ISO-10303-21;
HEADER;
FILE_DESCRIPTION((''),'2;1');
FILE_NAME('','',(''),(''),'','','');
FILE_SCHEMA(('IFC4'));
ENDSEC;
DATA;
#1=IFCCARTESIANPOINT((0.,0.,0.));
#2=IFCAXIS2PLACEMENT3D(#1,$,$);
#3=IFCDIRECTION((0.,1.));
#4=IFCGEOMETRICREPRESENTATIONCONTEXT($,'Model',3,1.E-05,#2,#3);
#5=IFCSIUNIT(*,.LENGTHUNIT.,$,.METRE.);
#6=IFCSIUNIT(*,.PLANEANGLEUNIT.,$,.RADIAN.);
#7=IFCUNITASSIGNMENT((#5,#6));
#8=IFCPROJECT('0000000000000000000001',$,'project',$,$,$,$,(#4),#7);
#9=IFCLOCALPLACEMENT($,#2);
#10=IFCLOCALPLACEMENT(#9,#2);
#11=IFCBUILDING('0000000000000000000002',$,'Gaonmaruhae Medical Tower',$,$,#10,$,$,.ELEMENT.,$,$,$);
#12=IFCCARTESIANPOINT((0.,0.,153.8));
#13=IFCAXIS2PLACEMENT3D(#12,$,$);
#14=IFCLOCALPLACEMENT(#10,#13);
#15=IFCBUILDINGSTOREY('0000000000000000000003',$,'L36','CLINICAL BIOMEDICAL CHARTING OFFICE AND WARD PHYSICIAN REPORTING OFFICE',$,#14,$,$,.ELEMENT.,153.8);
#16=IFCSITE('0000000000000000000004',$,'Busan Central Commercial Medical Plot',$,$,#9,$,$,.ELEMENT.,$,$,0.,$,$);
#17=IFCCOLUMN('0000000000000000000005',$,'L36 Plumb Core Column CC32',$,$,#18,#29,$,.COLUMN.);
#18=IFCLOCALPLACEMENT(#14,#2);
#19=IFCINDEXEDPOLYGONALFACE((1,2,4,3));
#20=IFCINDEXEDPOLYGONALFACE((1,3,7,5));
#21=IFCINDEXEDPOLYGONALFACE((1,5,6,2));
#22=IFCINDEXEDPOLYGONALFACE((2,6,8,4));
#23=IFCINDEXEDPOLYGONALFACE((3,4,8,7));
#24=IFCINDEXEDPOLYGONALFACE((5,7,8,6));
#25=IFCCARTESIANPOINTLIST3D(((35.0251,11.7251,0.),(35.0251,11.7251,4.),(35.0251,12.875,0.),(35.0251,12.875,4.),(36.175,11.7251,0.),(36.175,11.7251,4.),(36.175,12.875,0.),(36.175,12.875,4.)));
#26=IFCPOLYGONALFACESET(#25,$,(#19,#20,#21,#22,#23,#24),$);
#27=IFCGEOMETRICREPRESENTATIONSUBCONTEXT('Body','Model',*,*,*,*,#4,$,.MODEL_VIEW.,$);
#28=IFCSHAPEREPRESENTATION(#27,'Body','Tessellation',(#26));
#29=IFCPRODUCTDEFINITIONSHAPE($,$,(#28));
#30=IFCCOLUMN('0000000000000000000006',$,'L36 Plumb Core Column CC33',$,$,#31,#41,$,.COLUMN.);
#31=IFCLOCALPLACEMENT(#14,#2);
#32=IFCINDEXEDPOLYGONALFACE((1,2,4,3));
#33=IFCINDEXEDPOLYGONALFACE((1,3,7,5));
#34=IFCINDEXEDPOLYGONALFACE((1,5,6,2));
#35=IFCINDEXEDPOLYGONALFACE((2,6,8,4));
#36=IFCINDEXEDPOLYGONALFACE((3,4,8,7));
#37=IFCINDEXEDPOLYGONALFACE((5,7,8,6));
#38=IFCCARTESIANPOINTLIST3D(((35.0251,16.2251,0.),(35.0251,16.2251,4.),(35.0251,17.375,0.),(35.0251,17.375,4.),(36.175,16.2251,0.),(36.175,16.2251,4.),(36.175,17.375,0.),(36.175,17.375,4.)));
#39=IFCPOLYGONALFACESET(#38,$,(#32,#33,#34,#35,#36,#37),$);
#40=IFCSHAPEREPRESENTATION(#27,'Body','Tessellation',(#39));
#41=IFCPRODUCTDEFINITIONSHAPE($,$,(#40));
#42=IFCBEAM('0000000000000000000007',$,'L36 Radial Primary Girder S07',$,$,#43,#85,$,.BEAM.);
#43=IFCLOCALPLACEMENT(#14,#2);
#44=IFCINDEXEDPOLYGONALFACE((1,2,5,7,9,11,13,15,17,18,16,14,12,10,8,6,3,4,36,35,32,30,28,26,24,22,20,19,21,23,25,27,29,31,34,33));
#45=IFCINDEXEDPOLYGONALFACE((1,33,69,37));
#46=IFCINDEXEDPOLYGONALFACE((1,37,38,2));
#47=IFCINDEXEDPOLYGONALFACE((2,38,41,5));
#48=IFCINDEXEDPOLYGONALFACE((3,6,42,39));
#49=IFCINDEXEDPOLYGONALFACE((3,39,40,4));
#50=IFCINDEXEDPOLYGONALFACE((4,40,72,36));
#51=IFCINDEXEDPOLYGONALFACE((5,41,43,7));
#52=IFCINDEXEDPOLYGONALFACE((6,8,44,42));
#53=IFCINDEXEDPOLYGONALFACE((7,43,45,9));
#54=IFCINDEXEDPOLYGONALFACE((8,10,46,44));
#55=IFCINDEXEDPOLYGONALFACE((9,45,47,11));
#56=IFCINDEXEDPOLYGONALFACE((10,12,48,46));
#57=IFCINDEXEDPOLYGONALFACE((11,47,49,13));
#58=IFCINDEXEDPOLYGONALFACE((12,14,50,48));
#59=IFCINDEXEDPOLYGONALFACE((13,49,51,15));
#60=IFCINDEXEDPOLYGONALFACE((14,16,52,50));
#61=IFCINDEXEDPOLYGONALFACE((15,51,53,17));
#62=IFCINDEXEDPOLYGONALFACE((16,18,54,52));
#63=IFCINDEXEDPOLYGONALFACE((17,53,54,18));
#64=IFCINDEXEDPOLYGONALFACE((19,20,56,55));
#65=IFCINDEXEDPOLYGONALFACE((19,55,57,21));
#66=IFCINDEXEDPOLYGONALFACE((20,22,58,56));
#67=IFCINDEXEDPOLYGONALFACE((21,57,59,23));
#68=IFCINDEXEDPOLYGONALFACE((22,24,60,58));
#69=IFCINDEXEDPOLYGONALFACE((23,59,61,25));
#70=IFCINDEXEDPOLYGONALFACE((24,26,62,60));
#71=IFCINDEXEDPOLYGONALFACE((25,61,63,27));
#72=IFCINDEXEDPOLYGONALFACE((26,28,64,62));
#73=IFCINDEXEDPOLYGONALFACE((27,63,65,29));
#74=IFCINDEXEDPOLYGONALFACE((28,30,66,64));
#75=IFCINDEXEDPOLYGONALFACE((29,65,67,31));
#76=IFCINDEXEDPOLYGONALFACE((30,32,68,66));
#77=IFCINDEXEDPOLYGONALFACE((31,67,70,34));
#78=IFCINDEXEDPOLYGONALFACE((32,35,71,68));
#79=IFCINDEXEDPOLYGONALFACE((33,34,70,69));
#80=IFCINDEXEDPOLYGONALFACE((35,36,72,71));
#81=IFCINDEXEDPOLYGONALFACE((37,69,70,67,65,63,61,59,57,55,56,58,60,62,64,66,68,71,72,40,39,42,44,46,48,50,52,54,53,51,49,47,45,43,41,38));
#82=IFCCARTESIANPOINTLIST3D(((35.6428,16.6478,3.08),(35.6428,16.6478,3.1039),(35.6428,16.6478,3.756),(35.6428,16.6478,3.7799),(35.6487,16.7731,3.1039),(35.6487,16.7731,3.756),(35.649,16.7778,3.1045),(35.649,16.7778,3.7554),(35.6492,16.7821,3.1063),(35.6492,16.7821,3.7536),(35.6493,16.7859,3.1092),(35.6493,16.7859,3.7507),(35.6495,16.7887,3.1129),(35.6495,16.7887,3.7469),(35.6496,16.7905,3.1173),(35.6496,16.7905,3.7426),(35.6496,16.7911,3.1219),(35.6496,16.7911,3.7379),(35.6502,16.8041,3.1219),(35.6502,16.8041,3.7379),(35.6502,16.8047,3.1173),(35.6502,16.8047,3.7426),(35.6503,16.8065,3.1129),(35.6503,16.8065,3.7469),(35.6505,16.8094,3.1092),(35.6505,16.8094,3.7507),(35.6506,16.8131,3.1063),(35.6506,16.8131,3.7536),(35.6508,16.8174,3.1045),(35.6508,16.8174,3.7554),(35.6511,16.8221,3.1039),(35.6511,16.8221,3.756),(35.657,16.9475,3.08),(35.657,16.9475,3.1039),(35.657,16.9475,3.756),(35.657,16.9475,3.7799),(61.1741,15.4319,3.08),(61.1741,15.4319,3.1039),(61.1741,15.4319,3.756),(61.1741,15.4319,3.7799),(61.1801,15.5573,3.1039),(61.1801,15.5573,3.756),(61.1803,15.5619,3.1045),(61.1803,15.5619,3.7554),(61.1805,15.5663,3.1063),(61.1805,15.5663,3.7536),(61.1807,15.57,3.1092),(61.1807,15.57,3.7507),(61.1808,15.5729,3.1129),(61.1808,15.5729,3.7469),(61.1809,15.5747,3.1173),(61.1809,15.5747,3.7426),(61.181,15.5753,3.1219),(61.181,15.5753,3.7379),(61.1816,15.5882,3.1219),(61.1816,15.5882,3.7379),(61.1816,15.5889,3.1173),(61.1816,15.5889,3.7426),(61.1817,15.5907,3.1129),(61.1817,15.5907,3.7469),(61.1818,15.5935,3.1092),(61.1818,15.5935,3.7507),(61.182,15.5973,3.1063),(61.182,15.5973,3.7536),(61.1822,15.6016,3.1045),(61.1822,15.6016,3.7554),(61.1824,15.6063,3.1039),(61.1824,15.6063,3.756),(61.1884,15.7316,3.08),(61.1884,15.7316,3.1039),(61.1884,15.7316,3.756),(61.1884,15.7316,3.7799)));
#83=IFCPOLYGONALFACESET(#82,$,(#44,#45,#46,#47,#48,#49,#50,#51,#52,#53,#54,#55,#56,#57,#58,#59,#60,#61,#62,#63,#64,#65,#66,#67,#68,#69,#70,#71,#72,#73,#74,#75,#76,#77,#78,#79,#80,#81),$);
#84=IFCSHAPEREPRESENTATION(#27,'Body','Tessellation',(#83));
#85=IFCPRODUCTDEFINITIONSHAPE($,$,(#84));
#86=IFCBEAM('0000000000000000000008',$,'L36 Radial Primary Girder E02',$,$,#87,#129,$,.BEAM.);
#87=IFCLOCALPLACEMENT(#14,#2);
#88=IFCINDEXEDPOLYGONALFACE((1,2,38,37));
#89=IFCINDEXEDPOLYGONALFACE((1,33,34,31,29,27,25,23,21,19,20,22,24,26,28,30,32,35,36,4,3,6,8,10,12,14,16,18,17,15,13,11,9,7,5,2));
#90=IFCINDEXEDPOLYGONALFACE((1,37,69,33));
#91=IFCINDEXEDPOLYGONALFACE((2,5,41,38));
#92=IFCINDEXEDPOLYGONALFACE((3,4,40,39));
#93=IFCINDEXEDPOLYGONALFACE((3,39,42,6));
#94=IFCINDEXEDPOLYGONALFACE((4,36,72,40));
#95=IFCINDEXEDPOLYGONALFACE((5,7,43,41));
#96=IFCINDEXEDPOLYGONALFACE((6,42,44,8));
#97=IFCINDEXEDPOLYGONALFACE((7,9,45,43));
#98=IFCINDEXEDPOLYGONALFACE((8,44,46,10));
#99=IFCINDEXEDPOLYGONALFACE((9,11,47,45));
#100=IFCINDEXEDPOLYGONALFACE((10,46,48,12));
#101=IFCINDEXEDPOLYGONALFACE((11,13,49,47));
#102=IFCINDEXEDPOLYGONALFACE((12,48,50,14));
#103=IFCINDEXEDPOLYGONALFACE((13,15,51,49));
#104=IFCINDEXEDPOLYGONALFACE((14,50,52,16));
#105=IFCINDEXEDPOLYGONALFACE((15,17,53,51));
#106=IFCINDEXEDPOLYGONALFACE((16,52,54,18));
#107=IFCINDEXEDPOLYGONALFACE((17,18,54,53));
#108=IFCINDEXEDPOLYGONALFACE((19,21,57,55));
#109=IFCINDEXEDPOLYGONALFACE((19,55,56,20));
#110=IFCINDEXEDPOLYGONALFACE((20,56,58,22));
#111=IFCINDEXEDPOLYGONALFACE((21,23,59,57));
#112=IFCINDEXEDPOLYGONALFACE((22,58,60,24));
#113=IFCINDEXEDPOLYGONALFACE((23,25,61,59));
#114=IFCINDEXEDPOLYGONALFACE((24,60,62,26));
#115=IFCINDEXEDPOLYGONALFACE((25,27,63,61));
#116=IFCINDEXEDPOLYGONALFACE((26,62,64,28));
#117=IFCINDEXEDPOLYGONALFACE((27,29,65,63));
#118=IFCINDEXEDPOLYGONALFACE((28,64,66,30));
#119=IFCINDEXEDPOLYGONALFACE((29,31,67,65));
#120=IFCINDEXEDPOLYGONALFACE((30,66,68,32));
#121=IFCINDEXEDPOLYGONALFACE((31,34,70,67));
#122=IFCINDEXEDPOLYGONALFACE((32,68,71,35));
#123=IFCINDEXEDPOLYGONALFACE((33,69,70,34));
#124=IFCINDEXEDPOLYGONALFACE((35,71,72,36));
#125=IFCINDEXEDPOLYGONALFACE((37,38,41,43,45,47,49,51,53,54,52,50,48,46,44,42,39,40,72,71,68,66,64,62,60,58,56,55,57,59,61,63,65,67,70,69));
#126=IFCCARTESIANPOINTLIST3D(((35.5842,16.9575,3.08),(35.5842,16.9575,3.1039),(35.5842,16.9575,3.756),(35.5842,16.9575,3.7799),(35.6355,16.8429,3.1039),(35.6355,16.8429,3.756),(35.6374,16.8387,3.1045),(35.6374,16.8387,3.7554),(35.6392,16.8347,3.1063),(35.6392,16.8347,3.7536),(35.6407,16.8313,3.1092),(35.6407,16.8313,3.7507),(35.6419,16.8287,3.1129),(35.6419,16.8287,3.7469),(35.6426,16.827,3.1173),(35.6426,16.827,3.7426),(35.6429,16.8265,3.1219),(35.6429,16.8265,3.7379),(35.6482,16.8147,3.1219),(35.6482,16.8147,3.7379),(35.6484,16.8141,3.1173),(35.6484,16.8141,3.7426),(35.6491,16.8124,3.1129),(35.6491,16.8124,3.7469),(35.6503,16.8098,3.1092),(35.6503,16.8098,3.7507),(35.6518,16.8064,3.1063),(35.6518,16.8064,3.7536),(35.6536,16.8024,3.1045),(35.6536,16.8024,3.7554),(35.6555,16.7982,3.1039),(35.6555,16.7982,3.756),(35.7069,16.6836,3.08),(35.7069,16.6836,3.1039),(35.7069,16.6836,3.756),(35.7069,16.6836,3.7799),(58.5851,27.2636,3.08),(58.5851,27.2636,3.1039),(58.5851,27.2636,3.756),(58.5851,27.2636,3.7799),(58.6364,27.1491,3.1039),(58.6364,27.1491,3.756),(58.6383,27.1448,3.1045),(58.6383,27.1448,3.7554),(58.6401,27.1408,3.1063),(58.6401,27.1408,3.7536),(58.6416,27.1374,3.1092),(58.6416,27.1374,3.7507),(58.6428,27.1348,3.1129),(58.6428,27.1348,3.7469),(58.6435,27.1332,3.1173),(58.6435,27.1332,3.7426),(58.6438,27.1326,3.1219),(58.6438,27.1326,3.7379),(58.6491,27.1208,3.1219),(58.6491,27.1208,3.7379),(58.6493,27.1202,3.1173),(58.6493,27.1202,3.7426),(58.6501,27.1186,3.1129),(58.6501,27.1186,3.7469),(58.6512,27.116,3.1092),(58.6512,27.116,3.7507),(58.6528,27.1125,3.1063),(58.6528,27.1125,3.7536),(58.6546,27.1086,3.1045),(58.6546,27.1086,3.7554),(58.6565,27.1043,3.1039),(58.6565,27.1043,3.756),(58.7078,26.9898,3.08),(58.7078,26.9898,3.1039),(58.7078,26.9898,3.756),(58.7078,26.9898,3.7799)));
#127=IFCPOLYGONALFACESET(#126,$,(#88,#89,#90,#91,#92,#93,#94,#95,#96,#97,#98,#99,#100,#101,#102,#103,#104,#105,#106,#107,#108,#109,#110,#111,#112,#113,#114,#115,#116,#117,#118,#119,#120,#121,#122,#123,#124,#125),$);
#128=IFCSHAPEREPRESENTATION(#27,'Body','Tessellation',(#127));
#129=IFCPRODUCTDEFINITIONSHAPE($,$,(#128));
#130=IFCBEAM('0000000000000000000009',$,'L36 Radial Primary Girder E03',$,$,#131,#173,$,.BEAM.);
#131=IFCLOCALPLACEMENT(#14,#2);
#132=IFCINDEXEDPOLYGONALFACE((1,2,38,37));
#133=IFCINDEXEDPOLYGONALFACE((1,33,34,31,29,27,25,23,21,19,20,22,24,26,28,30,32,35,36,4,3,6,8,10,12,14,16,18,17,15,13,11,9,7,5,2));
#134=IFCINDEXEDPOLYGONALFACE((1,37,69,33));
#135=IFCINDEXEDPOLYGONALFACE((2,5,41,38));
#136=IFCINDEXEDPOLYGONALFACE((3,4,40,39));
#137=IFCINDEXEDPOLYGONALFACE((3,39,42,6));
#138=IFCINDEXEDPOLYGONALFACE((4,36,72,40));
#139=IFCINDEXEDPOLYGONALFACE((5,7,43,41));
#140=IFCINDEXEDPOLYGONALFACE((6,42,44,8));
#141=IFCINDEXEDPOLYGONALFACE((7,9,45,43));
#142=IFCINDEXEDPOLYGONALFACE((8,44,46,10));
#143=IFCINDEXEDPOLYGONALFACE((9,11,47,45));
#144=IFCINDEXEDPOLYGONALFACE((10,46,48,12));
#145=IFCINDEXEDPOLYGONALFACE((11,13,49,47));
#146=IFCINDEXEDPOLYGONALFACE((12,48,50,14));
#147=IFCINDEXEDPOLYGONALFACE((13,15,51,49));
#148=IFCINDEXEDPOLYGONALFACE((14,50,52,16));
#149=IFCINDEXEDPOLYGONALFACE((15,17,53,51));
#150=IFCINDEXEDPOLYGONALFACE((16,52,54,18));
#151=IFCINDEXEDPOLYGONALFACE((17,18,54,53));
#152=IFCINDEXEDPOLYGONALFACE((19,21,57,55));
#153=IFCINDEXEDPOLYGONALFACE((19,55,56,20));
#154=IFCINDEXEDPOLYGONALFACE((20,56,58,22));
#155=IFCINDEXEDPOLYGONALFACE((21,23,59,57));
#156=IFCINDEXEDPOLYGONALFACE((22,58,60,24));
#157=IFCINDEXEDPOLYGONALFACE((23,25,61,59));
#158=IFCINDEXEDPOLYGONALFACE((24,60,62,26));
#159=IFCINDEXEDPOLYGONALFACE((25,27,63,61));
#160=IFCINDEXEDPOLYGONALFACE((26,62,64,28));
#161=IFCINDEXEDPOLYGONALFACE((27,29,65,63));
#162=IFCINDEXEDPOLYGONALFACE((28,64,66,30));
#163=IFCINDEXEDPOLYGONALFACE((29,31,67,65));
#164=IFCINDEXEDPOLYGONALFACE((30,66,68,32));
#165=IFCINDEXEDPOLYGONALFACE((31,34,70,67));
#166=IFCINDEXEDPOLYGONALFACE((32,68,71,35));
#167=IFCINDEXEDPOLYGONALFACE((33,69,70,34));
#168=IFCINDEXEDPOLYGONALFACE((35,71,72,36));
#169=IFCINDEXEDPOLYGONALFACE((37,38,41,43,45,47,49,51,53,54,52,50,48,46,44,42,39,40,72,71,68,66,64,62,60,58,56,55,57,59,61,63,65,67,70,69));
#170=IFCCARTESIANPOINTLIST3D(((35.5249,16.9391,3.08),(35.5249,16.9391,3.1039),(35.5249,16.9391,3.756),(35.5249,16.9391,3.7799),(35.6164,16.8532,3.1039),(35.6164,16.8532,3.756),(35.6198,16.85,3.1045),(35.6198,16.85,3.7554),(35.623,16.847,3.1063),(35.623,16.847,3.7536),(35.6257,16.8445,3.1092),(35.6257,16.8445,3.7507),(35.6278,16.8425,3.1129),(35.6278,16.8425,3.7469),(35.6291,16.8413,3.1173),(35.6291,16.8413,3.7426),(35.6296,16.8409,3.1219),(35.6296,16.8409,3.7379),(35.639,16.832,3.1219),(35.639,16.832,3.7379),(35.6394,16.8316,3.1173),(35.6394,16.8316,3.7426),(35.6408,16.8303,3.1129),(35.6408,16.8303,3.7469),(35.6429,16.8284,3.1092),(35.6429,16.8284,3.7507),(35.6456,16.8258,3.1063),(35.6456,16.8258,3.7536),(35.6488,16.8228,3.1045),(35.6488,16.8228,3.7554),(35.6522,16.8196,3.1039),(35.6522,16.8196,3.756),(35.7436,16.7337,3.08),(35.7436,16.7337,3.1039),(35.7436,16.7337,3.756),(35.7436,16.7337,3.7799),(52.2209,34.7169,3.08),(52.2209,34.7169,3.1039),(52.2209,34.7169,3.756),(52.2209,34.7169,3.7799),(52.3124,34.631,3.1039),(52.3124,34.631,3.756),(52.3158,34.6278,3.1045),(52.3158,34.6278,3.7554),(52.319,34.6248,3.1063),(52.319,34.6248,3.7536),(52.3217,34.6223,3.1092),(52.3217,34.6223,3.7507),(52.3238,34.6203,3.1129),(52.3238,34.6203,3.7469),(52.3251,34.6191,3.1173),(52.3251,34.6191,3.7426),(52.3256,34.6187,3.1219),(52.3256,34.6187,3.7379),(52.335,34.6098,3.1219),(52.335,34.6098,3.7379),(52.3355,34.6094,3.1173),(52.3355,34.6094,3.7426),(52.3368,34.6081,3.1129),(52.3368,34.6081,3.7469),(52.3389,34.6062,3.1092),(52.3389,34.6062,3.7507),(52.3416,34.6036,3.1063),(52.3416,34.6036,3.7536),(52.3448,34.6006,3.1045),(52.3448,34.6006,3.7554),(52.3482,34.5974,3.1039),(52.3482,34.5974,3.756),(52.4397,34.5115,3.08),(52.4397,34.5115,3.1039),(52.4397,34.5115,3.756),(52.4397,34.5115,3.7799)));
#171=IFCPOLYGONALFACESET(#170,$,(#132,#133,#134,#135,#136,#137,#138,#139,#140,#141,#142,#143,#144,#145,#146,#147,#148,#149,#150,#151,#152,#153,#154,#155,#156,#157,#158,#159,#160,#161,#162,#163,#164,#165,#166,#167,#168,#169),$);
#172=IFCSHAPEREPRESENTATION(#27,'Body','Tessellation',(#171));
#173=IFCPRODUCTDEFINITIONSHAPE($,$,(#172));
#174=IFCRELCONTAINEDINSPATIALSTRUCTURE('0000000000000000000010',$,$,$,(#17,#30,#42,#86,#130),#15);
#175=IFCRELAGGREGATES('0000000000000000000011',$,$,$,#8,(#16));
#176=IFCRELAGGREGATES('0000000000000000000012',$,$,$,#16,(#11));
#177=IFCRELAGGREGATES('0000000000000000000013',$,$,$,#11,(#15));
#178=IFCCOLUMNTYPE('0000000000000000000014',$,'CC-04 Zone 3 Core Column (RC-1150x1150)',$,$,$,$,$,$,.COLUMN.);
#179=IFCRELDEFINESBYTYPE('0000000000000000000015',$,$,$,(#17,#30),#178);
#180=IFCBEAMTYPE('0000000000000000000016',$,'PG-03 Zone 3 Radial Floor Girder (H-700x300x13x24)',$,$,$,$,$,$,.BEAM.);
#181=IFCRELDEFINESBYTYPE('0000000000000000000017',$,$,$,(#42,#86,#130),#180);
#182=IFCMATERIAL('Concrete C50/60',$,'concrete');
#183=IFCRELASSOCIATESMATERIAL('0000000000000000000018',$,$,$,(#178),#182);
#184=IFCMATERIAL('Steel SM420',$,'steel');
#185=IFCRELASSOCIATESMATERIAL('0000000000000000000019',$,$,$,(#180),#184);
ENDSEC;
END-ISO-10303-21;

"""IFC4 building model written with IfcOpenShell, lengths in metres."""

from ifc_helpers import new_model, si_unit, direction, frame, origin, origin_2d, place, context, subcontext, project, spatial, rectangle, i_section, extrude, material, material_profile, profile_set, type_object, element, save


model = new_model("IFC4")

# Units and contexts
model_context = context("Model", 3, precision=1e-05, world=origin(), true_north=direction((0.0, 1.0)))
body_context = subcontext(model_context, "Body", "Model", "MODEL_VIEW")
ifc_project = project(units=[si_unit("LENGTHUNIT", "METRE"), si_unit("PLANEANGLEUNIT", "RADIAN")], contexts=[model_context])

# Site, building, storey
site_placement = place(None, origin())
site = spatial("IfcSite", under=ifc_project, at=site_placement, Name="Busan Central Commercial Medical Plot", CompositionType="ELEMENT", RefElevation=0.0)
building_placement = place(site_placement, origin())
building = spatial("IfcBuilding", under=site, at=building_placement, Name="Gaonmaruhae Medical Tower", CompositionType="ELEMENT")
storey_placement = place(building_placement, frame((0.0, 0.0, 153.8)))
storey = spatial("IfcBuildingStorey", under=building, at=storey_placement, Name="L36", Description="CLINICAL BIOMEDICAL CHARTING OFFICE AND WARD PHYSICIAN REPORTING OFFICE", CompositionType="ELEMENT", Elevation=153.8)

# Columns
ifc_material_1 = material(Name="Concrete C50/60", Category="concrete")
ifc_material_profile_1 = material_profile(ifc_material_1, rectangle(XDim=1.1499, YDim=1.1499, at=origin_2d()), Name="RC-1150x1150")
ifc_profile_set_1 = profile_set([ifc_material_profile_1], Name="Concrete C50/60")
column_type = type_object("IfcColumnType", Name="CC-04 Zone 3 Core Column (RC-1150x1150)", PredefinedType="COLUMN", material=ifc_profile_set_1)
for number, where, z_axis, x_axis, name in (
    (1, (35.6001, 12.3, 0.0), (0.0, 0.0, 1.0), (1.0, 0.0, 0.0), "L36 Plumb Core Column CC32"),
    (2, (35.6001, 16.8, 0.0), (0.0, 0.0, 1.0), (1.0, 0.0, 0.0), "L36 Plumb Core Column CC33"),
):
    element("IfcColumn", number, at=place(storey_placement, frame(where, z_axis=z_axis, x_axis=x_axis)), inside=storey, type_object=column_type, Name=name, PredefinedType="COLUMN", context=body_context, shape_type="SweptSolid", body=[
        extrude(rectangle(XDim=1.1499, YDim=1.1499, at=origin_2d()), origin(), (0.0, 0.0, 1.0), 4.0),
    ])

# Beams
ifc_material_2 = material(Name="Steel SM420", Category="steel")
ifc_material_profile_2 = material_profile(ifc_material_2, i_section(OverallWidth=0.3, OverallDepth=0.7, WebThickness=0.0129, FlangeThickness=0.0239, FilletRadius=0.0181, at=origin_2d()), Name="H-700x300x13x24")
ifc_profile_set_2 = profile_set([ifc_material_profile_2], Name="Steel SM420")
beam_type = type_object("IfcBeamType", Name="PG-03 Zone 3 Radial Floor Girder (H-700x300x13x24)", PredefinedType="BEAM", material=ifc_profile_set_2)
beam_1_placement = place(storey_placement, frame((35.6499, 16.7976, 3.4299), z_axis=(0.998868, -0.047567, 0.0), x_axis=(0.047567, 0.998868, 0.0)))
element("IfcBeam", 3, at=beam_1_placement, inside=storey, type_object=beam_type, Name="L36 Radial Primary Girder S07", PredefinedType="BEAM", context=body_context, shape_type="SweptSolid", body=[
    extrude(i_section(OverallWidth=0.3, OverallDepth=0.7, WebThickness=0.0129, FlangeThickness=0.0239, FilletRadius=0.0181, at=origin_2d()), origin(), (0.0, 0.0, 1.0), 25.5603),
])
beam_2_placement = place(storey_placement, frame((35.6455, 16.8206, 3.4299), z_axis=(0.912578, 0.408903, 0.0), x_axis=(-0.408903, 0.912578, 0.0)))
element("IfcBeam", 4, at=beam_2_placement, inside=storey, type_object=beam_type, Name="L36 Radial Primary Girder E02", PredefinedType="BEAM", context=body_context, shape_type="SweptSolid", body=[
    extrude(i_section(OverallWidth=0.3, OverallDepth=0.7, WebThickness=0.0129, FlangeThickness=0.0239, FilletRadius=0.0181, at=origin_2d()), origin(), (0.0, 0.0, 1.0), 25.2043),
])
beam_3_placement = place(storey_placement, frame((35.6343, 16.8364, 3.4299), z_axis=(0.684581, 0.728937, 0.0), x_axis=(-0.728937, 0.684581, 0.0)))
element("IfcBeam", 5, at=beam_3_placement, inside=storey, type_object=beam_type, Name="L36 Radial Primary Girder E03", PredefinedType="BEAM", context=body_context, shape_type="SweptSolid", body=[
    extrude(i_section(OverallWidth=0.3, OverallDepth=0.7, WebThickness=0.0129, FlangeThickness=0.0239, FilletRadius=0.0181, at=origin_2d()), origin(), (0.0, 0.0, 1.0), 24.3887),
])

save(model, "model.ifc")
